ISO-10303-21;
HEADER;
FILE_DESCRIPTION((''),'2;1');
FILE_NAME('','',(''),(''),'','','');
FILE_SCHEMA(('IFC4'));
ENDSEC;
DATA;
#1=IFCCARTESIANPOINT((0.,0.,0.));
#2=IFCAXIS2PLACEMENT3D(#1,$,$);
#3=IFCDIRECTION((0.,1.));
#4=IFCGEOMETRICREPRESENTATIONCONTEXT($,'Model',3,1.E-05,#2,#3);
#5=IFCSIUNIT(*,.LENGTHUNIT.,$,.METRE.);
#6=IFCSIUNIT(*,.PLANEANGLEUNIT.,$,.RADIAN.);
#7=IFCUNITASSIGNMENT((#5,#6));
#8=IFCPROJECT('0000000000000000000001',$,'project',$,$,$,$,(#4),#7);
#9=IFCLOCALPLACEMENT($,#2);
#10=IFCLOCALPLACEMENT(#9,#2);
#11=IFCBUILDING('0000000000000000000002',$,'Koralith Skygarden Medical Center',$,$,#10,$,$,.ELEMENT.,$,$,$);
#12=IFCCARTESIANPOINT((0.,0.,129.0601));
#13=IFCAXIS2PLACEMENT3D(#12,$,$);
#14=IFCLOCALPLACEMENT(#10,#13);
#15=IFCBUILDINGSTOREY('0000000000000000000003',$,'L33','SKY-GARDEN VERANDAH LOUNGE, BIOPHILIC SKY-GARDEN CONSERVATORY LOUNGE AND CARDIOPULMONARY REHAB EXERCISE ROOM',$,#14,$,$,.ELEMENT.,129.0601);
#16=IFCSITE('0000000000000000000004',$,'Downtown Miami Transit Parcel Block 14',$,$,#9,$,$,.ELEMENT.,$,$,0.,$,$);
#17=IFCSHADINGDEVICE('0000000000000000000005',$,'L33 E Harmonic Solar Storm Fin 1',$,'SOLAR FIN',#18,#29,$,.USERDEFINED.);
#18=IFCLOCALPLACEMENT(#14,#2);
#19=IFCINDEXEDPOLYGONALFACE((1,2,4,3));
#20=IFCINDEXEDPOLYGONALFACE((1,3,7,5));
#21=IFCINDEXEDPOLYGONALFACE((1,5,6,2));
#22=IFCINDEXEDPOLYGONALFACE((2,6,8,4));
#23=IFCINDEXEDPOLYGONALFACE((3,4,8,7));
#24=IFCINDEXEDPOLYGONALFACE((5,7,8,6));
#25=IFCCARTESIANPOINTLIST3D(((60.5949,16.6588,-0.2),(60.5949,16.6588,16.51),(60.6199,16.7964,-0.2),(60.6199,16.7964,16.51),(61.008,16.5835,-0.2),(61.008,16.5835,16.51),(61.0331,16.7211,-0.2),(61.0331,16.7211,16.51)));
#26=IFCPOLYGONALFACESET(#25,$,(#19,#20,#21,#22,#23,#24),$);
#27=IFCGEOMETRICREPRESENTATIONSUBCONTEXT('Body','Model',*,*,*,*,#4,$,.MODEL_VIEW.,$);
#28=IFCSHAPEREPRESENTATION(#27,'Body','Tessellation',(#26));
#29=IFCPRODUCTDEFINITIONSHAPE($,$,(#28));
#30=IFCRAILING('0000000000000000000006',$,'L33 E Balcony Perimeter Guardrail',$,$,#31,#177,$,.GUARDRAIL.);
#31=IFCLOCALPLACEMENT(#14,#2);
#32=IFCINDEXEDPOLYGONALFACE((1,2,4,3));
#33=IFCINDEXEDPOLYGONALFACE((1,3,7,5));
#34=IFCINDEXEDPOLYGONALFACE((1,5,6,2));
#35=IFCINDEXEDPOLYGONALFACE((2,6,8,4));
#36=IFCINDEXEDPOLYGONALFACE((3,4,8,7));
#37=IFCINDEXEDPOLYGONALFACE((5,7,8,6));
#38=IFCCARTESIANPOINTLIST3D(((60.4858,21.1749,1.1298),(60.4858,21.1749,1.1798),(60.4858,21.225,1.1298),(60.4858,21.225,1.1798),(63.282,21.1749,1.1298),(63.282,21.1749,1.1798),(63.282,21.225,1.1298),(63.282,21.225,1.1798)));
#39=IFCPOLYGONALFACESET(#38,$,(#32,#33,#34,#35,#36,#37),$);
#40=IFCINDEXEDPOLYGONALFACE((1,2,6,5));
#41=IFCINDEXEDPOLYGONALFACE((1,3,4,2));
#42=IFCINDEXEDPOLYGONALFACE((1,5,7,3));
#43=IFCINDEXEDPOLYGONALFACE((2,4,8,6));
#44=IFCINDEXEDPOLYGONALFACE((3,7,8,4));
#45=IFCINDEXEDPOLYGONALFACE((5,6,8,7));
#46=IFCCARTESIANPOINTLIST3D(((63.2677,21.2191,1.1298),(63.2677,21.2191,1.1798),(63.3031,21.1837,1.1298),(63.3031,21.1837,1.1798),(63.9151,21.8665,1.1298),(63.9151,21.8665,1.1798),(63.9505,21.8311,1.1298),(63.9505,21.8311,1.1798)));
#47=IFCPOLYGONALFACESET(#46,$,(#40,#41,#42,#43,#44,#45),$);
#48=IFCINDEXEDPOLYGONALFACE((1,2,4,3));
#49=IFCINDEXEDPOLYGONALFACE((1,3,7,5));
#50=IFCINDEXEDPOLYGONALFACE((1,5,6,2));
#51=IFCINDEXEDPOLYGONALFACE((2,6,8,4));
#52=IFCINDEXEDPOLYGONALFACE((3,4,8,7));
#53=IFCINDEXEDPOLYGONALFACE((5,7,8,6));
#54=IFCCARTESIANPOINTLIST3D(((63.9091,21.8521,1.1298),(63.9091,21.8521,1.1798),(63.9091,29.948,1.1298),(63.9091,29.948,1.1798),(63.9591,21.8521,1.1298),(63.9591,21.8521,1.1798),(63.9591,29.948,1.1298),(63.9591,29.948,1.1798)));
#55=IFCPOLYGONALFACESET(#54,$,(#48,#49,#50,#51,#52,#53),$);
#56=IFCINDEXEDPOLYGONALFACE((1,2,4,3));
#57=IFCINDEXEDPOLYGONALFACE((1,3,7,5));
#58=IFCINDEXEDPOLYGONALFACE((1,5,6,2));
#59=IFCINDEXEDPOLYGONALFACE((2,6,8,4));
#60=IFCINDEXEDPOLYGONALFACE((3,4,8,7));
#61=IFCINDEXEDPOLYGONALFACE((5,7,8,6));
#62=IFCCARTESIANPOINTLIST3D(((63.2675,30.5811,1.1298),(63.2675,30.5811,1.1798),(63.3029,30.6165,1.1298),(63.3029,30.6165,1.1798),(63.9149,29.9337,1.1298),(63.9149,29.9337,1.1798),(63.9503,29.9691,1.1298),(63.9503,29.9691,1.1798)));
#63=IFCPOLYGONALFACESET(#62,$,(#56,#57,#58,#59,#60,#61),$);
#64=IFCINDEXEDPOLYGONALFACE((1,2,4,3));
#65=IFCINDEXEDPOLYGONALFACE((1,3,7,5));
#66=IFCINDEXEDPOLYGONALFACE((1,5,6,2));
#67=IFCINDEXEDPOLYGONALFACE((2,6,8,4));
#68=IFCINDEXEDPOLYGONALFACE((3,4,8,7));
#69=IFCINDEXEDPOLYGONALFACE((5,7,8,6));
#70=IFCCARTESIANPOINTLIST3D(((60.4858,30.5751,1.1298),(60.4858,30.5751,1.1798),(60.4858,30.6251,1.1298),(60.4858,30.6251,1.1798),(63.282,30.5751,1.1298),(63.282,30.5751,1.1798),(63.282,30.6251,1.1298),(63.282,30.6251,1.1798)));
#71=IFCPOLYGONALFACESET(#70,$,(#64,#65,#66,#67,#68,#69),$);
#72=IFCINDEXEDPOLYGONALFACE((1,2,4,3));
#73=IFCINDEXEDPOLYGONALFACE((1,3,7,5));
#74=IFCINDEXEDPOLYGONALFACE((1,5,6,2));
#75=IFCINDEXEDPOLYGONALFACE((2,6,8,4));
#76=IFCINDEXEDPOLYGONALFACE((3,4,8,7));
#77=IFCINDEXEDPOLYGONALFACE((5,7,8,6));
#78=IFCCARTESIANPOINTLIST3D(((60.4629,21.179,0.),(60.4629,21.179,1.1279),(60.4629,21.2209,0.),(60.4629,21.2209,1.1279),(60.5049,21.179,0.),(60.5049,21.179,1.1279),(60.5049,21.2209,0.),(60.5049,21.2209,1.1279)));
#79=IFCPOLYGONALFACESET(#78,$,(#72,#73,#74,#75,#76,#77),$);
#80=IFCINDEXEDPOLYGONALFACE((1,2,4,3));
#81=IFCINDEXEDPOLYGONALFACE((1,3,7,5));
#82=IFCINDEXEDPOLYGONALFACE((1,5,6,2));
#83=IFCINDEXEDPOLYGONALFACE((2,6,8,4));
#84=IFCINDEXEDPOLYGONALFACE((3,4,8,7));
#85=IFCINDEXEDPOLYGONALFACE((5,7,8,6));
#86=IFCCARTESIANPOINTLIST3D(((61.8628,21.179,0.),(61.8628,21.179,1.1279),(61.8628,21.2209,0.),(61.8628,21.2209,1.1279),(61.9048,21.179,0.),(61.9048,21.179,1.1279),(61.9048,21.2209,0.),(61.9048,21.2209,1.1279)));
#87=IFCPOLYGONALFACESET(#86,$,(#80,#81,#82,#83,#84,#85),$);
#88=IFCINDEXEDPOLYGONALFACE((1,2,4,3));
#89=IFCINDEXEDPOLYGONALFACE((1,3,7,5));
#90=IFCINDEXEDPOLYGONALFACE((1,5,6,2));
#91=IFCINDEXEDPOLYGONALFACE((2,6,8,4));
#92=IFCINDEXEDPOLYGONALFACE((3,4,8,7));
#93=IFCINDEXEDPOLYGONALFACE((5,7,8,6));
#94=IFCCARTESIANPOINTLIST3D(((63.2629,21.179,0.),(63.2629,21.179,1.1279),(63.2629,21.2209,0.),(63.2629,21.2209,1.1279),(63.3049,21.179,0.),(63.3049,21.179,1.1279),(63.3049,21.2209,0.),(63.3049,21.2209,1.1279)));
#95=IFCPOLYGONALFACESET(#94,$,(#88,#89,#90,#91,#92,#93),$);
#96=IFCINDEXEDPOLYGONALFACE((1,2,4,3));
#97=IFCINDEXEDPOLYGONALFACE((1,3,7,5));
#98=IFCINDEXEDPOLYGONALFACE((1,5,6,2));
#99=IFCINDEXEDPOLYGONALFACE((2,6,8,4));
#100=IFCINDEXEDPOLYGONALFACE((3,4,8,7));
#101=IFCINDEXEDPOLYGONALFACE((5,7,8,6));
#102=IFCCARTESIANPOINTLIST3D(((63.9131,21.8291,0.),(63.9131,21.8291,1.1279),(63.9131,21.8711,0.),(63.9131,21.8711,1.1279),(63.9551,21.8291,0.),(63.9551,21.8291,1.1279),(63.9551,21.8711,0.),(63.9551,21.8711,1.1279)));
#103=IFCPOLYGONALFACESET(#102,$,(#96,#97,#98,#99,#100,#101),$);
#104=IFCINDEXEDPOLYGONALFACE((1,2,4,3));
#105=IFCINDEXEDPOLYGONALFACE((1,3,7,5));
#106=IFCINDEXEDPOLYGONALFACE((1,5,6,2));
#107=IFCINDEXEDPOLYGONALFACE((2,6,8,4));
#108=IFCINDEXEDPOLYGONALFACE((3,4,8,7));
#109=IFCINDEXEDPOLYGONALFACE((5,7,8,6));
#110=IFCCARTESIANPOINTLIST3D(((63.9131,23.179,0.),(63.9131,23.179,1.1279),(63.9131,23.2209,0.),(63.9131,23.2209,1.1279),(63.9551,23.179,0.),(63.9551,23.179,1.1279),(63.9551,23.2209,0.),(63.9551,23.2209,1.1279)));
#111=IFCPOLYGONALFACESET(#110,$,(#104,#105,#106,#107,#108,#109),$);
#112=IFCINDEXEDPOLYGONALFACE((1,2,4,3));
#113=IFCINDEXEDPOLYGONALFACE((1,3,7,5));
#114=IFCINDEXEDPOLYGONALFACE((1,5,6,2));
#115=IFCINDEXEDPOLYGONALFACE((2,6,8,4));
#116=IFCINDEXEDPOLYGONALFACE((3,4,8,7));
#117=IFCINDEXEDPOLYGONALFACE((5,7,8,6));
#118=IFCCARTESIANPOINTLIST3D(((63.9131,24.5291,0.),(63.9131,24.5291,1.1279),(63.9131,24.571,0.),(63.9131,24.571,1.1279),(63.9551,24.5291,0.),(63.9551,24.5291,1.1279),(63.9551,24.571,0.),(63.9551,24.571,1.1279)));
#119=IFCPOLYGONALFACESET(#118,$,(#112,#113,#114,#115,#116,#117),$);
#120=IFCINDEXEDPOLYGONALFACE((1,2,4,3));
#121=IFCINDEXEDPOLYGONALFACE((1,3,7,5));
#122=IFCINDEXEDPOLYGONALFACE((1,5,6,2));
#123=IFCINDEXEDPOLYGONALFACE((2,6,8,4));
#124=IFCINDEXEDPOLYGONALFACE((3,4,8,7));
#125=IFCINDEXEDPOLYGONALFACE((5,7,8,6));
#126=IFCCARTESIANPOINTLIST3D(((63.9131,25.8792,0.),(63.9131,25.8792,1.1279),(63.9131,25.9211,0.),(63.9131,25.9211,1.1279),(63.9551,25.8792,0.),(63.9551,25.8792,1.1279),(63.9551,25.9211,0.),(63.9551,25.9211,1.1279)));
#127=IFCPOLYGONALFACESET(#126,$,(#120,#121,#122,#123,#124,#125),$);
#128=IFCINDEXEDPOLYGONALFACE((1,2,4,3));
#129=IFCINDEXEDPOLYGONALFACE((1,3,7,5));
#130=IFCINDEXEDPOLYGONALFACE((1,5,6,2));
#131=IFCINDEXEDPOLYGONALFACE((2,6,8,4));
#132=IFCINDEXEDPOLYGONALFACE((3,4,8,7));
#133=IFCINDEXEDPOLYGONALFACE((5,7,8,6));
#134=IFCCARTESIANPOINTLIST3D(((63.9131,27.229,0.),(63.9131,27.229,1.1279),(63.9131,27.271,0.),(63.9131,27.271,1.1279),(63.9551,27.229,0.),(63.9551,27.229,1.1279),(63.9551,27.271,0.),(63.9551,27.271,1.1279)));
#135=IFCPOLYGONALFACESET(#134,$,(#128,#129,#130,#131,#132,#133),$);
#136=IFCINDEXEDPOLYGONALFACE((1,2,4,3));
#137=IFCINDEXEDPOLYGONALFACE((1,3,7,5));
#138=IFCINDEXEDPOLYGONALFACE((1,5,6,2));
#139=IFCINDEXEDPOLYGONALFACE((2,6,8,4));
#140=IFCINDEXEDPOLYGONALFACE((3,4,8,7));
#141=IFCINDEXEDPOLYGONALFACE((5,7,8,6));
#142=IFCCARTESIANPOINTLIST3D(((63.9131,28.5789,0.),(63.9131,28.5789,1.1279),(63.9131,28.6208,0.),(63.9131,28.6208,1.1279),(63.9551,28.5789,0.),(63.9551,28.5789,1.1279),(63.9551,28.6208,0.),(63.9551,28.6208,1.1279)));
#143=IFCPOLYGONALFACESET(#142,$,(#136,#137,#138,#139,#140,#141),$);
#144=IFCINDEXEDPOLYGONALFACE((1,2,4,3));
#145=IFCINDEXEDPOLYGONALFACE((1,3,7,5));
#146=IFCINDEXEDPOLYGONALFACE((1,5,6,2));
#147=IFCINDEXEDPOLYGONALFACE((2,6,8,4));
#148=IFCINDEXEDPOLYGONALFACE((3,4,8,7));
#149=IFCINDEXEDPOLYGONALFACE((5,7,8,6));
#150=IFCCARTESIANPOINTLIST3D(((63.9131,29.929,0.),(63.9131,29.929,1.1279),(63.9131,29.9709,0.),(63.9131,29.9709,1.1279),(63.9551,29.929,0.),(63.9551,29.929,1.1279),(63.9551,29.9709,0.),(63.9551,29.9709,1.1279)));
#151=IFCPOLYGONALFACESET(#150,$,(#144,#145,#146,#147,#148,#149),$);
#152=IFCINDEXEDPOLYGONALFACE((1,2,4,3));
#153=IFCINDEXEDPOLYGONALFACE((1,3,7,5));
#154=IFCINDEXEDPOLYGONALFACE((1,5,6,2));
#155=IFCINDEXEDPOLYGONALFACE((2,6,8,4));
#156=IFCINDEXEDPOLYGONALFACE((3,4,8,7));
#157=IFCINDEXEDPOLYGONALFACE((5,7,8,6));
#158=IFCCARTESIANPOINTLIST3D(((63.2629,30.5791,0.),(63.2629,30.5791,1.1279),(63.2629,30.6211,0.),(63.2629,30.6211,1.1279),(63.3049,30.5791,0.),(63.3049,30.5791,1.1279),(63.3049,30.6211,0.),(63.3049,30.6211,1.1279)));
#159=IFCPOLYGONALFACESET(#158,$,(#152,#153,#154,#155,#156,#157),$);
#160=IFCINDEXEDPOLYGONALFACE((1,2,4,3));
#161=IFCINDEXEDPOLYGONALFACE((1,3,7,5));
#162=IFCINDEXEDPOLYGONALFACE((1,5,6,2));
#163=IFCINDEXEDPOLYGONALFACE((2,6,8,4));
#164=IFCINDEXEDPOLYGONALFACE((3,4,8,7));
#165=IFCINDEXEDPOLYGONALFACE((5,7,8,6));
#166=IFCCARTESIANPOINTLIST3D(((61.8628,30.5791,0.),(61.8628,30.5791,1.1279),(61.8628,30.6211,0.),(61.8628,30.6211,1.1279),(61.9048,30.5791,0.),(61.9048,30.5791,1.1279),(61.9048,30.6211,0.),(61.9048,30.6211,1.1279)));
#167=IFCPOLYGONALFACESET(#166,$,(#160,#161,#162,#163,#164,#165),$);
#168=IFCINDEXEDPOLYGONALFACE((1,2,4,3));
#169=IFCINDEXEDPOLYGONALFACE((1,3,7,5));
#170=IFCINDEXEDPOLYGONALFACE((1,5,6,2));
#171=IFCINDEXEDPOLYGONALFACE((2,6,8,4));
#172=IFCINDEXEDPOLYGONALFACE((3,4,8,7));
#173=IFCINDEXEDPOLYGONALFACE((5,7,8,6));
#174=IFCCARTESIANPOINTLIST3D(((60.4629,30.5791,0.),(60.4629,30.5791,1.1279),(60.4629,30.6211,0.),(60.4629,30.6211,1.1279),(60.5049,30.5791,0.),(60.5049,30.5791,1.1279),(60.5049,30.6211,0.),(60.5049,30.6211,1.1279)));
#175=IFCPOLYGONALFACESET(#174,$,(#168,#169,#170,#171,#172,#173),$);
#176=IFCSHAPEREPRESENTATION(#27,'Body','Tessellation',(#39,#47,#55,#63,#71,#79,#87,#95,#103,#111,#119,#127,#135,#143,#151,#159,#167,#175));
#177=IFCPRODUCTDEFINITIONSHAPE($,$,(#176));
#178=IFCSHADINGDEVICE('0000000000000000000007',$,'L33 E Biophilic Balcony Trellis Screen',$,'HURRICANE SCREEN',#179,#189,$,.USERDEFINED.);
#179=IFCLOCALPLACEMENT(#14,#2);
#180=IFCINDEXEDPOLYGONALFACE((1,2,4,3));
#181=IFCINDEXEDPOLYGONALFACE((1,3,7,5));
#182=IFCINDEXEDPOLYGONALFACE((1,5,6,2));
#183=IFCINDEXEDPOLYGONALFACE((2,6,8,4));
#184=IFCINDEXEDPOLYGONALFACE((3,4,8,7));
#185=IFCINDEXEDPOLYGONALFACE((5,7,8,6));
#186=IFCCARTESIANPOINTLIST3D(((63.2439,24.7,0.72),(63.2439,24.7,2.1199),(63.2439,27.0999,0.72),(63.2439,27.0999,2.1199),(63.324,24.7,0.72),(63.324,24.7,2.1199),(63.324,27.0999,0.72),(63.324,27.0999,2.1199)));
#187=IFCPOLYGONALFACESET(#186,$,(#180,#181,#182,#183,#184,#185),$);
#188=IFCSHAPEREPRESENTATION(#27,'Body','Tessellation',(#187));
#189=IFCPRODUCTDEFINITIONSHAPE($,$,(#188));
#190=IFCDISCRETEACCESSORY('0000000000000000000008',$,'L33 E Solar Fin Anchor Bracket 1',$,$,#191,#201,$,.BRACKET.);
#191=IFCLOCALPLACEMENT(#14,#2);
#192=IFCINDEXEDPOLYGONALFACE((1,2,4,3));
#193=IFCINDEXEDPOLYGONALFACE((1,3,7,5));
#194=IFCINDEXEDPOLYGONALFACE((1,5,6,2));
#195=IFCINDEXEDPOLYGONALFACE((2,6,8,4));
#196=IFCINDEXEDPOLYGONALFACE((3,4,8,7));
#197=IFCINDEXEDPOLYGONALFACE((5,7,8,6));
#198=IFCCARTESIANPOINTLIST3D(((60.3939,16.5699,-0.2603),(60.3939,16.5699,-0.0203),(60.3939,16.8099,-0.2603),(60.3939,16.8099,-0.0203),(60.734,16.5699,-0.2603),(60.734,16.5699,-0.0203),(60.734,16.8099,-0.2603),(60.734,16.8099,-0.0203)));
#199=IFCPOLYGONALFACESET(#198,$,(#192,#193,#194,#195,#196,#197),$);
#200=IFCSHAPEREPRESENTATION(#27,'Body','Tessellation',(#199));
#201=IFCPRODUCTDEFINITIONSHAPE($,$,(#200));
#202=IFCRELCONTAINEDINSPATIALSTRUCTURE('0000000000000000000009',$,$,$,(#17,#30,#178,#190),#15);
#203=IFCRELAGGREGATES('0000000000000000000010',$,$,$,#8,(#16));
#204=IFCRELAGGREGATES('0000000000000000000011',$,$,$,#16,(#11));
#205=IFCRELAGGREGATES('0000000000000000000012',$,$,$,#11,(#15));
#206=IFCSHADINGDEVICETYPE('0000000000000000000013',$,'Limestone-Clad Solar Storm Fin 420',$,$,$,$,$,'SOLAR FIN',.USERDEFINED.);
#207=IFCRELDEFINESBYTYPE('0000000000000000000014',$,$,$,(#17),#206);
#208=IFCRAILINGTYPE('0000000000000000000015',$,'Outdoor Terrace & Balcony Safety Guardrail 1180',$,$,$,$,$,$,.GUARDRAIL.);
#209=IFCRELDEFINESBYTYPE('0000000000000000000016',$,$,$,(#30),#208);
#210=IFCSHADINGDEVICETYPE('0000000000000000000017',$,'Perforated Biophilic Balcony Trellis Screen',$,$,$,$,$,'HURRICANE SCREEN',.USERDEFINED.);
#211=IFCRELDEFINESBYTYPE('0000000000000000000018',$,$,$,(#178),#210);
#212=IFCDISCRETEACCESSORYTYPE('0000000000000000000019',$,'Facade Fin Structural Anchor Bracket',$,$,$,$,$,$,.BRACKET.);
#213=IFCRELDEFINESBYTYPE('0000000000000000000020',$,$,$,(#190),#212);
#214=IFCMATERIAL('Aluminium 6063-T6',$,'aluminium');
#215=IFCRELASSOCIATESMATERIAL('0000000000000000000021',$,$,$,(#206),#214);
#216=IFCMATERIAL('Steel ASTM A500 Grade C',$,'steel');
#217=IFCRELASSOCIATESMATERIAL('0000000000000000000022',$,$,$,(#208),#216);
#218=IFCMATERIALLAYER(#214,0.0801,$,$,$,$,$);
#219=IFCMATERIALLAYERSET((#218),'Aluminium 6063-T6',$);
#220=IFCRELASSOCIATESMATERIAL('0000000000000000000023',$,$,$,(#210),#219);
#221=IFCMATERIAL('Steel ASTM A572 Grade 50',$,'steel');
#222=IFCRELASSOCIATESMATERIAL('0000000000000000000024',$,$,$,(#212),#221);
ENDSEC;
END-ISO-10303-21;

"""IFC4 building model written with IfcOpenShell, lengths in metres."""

from ifc_helpers import new_model, si_unit, direction, frame, origin, origin_2d, place, context, subcontext, project, spatial, rectangle, extrude, material, layer, layer_set, type_object, element, save


model = new_model("IFC4")

# Units and contexts
model_context = context("Model", 3, precision=1e-05, world=origin(), true_north=direction((0.0, 1.0)))
body_context = subcontext(model_context, "Body", "Model", "MODEL_VIEW")
ifc_project = project(units=[si_unit("LENGTHUNIT", "METRE"), si_unit("PLANEANGLEUNIT", "RADIAN")], contexts=[model_context])

# Site, building, storey
site_placement = place(None, origin())
site = spatial("IfcSite", under=ifc_project, at=site_placement, Name="Downtown Miami Transit Parcel Block 14", CompositionType="ELEMENT", RefElevation=0.0)
building_placement = place(site_placement, origin())
building = spatial("IfcBuilding", under=site, at=building_placement, Name="Koralith Skygarden Medical Center", CompositionType="ELEMENT")
storey_placement = place(building_placement, frame((0.0, 0.0, 129.0601)))
storey = spatial("IfcBuildingStorey", under=building, at=storey_placement, Name="L33", Description="SKY-GARDEN VERANDAH LOUNGE, BIOPHILIC SKY-GARDEN CONSERVATORY LOUNGE AND CARDIOPULMONARY REHAB EXERCISE ROOM", CompositionType="ELEMENT", Elevation=129.0601)

# Shared definitions
ifc_material_1 = material(Name="Aluminium 6063-T6", Category="aluminium")

# Shading device
shading_device_type_1 = type_object("IfcShadingDeviceType", Name="Limestone-Clad Solar Storm Fin 420", ElementType="SOLAR FIN", PredefinedType="USERDEFINED", material=ifc_material_1)
shading_device_1_placement = place(storey_placement, frame((60.814, 16.6899, -0.2), z_axis=(0.0, 0.0, 1.0), x_axis=(0.983794, -0.1793, 0.0)))
element("IfcShadingDevice", 1, at=shading_device_1_placement, inside=storey, type_object=shading_device_type_1, Name="L33 E Harmonic Solar Storm Fin 1", ObjectType="SOLAR FIN", PredefinedType="USERDEFINED", context=body_context, shape_type="SweptSolid", body=[
    extrude(rectangle(XDim=0.4199, YDim=0.1399, at=origin_2d()), origin(), (0.0, 0.0, 1.0), 16.71),
])

# Railing
ifc_material_2 = material(Name="Steel ASTM A500 Grade C", Category="steel")
railing_type = type_object("IfcRailingType", Name="Outdoor Terrace & Balcony Safety Guardrail 1180", PredefinedType="GUARDRAIL", material=ifc_material_2)
railing_placement = place(storey_placement, frame((60.4839, 21.2, 0.0)))
element("IfcRailing", 2, at=railing_placement, inside=storey, type_object=railing_type, Name="L33 E Balcony Perimeter Guardrail", PredefinedType="GUARDRAIL", context=body_context, shape_type="SweptSolid", body=[
    extrude(rectangle(XDim=0.05, YDim=0.05, at=origin_2d()), frame((0.002, 0.0, 1.1548), z_axis=(1.0, 0.0, 0.0), x_axis=(0.0, 1.0, 0.0)), (0.0, 0.0, 1.0), 2.7961),
    extrude(rectangle(XDim=0.05, YDim=0.05, at=origin_2d()), frame((2.8015, 0.0015, 1.1548), z_axis=(0.707107, 0.707107, 0.0), x_axis=(-0.707107, 0.707107, 0.0)), (0.0, 0.0, 1.0), 0.9155),
    extrude(rectangle(XDim=0.05, YDim=0.05, at=origin_2d()), frame((3.4502, 0.6521, 1.1548), z_axis=(0.0, 1.0, 0.0), x_axis=(-1.0, 0.0, 0.0)), (0.0, 0.0, 1.0), 8.0959),
    extrude(rectangle(XDim=0.05, YDim=0.05, at=origin_2d()), frame((3.4487, 8.7515, 1.1548), z_axis=(-0.707107, 0.707107, 0.0), x_axis=(-0.707107, -0.707107, 0.0)), (0.0, 0.0, 1.0), 0.9155),
    extrude(rectangle(XDim=0.05, YDim=0.05, at=origin_2d()), frame((2.7981, 9.4001, 1.1548), z_axis=(-1.0, 0.0, 0.0), x_axis=(0.0, -1.0, 0.0)), (0.0, 0.0, 1.0), 2.7961),
    extrude(rectangle(XDim=0.042, YDim=0.042, at=origin_2d()), origin(), (0.0, 0.0, 1.0), 1.1279),
    extrude(rectangle(XDim=0.042, YDim=0.042, at=origin_2d()), frame((1.3999, 0.0, 0.0)), (0.0, 0.0, 1.0), 1.1279),
    extrude(rectangle(XDim=0.042, YDim=0.042, at=origin_2d()), frame((2.8, 0.0, 0.0)), (0.0, 0.0, 1.0), 1.1279),
    extrude(rectangle(XDim=0.042, YDim=0.042, at=origin_2d()), frame((3.4502, 0.6501, 0.0)), (0.0, 0.0, 1.0), 1.1279),
    extrude(rectangle(XDim=0.042, YDim=0.042, at=origin_2d()), frame((3.4502, 2.0, 0.0)), (0.0, 0.0, 1.0), 1.1279),
    extrude(rectangle(XDim=0.042, YDim=0.042, at=origin_2d()), frame((3.4502, 3.3501, 0.0)), (0.0, 0.0, 1.0), 1.1279),
    extrude(rectangle(XDim=0.042, YDim=0.042, at=origin_2d()), frame((3.4502, 4.7002, 0.0)), (0.0, 0.0, 1.0), 1.1279),
    extrude(rectangle(XDim=0.042, YDim=0.042, at=origin_2d()), frame((3.4502, 6.05, 0.0)), (0.0, 0.0, 1.0), 1.1279),
    extrude(rectangle(XDim=0.042, YDim=0.042, at=origin_2d()), frame((3.4502, 7.3999, 0.0)), (0.0, 0.0, 1.0), 1.1279),
    extrude(rectangle(XDim=0.042, YDim=0.042, at=origin_2d()), frame((3.4502, 8.75, 0.0)), (0.0, 0.0, 1.0), 1.1279),
    extrude(rectangle(XDim=0.042, YDim=0.042, at=origin_2d()), frame((2.8, 9.4001, 0.0)), (0.0, 0.0, 1.0), 1.1279),
    extrude(rectangle(XDim=0.042, YDim=0.042, at=origin_2d()), frame((1.3999, 9.4001, 0.0)), (0.0, 0.0, 1.0), 1.1279),
    extrude(rectangle(XDim=0.042, YDim=0.042, at=origin_2d()), frame((0.0, 9.4001, 0.0)), (0.0, 0.0, 1.0), 1.1279),
])

# Shading device
ifc_layer_1 = layer(ifc_material_1, 0.0801)
ifc_layer_set_1 = layer_set([ifc_layer_1], Name="Aluminium 6063-T6")
shading_device_type_2 = type_object("IfcShadingDeviceType", Name="Perforated Biophilic Balcony Trellis Screen", ElementType="HURRICANE SCREEN", PredefinedType="USERDEFINED", material=ifc_layer_set_1)
shading_device_2_placement = place(storey_placement, frame((63.2839, 25.8999, 0.72), z_axis=(0.0, 0.0, 1.0), x_axis=(0.0, 1.0, 0.0)))
element("IfcShadingDevice", 3, at=shading_device_2_placement, inside=storey, type_object=shading_device_type_2, Name="L33 E Biophilic Balcony Trellis Screen", ObjectType="HURRICANE SCREEN", PredefinedType="USERDEFINED", context=body_context, shape_type="SweptSolid", body=[
    extrude(rectangle(XDim=2.3999, YDim=0.0801, at=origin_2d()), origin(), (0.0, 0.0, 1.0), 1.3999),
])

# Discrete accessory
ifc_material_3 = material(Name="Steel ASTM A572 Grade 50", Category="steel")
discrete_accessory_type = type_object("IfcDiscreteAccessoryType", Name="Facade Fin Structural Anchor Bracket", PredefinedType="BRACKET", material=ifc_material_3)
discrete_accessory_placement = place(storey_placement, frame((60.564, 16.6899, -0.2603), z_axis=(0.0, 0.0, 1.0), x_axis=(1.0, 0.0, 0.0)))
element("IfcDiscreteAccessory", 4, at=discrete_accessory_placement, inside=storey, type_object=discrete_accessory_type, Name="L33 E Solar Fin Anchor Bracket 1", PredefinedType="BRACKET", context=body_context, shape_type="SweptSolid", body=[
    extrude(rectangle(XDim=0.3401, YDim=0.24, at=origin_2d()), origin(), (0.0, 0.0, 1.0), 0.24),
])

save(model, "model.ifc")
